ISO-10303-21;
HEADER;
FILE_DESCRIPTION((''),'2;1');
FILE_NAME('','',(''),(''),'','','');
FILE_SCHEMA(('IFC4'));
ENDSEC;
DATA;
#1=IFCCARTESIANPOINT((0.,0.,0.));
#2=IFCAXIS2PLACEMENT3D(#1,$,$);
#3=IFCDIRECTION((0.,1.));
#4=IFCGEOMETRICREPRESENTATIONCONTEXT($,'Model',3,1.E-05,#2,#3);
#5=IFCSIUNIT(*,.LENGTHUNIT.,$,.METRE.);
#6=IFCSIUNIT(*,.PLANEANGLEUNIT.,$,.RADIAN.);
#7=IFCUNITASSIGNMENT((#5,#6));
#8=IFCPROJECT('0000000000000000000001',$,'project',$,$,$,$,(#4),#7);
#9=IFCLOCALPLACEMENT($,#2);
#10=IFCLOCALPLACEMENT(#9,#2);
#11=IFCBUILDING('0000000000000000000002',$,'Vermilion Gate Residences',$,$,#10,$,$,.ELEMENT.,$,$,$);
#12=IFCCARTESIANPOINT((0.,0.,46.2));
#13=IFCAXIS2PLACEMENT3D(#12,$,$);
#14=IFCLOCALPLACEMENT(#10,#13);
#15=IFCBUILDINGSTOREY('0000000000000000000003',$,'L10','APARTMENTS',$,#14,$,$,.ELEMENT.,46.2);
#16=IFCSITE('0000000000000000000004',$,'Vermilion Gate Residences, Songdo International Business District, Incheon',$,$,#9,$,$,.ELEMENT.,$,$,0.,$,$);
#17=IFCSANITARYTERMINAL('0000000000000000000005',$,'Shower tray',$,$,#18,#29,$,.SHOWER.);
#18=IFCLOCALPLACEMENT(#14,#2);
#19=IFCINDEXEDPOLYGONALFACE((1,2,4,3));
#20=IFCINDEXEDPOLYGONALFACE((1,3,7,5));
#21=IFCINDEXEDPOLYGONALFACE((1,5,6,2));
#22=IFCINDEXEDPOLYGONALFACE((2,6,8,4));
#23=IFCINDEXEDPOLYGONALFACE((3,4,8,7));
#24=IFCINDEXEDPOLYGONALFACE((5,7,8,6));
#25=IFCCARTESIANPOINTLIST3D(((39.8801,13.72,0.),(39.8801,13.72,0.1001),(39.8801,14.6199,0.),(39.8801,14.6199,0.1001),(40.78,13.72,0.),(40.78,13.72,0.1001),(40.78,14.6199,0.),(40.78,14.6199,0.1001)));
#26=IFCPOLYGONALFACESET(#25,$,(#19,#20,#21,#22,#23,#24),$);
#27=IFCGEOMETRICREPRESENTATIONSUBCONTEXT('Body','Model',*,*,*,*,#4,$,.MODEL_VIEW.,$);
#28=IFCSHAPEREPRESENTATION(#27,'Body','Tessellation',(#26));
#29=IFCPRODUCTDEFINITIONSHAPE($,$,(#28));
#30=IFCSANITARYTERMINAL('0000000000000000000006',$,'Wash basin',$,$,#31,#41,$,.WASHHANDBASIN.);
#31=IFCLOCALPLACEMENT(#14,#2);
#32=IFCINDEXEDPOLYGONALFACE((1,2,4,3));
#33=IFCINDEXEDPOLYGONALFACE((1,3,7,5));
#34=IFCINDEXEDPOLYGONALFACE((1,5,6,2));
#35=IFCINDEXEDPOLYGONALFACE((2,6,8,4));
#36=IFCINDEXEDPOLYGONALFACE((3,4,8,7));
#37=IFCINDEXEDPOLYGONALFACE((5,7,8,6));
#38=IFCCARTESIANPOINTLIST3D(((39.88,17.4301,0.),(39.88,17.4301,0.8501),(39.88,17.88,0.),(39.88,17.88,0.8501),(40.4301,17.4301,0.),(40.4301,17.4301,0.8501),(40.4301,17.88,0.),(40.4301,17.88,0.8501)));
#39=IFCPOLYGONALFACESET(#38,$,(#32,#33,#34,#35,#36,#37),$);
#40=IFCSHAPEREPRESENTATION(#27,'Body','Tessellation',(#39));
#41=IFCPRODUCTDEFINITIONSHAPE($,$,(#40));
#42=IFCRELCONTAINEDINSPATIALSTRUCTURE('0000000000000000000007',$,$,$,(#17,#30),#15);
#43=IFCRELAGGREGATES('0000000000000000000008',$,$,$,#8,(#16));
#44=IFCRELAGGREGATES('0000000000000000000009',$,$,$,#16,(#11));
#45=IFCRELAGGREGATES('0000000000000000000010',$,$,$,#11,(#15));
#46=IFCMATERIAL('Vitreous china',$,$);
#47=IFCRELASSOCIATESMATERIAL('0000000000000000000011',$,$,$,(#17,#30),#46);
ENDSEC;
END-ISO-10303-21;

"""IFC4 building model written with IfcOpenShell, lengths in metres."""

from ifc_helpers import new_model, si_unit, direction, frame, origin, origin_2d, place, context, subcontext, project, spatial, rectangle, extrude, material, element, save


model = new_model("IFC4")

# Units and contexts
model_context = context("Model", 3, precision=1e-05, world=origin(), true_north=direction((0.0, 1.0)))
body_context = subcontext(model_context, "Body", "Model", "MODEL_VIEW")
ifc_project = project(units=[si_unit("LENGTHUNIT", "METRE"), si_unit("PLANEANGLEUNIT", "RADIAN")], contexts=[model_context])

# Site, building, storey
site_placement = place(None, origin())
site = spatial("IfcSite", under=ifc_project, at=site_placement, Name="Vermilion Gate Residences, Songdo International Business District, Incheon", CompositionType="ELEMENT", RefElevation=0.0)
building_placement = place(site_placement, origin())
building = spatial("IfcBuilding", under=site, at=building_placement, Name="Vermilion Gate Residences", CompositionType="ELEMENT")
storey_placement = place(building_placement, frame((0.0, 0.0, 46.2)))
storey = spatial("IfcBuildingStorey", under=building, at=storey_placement, Name="L10", Description="APARTMENTS", CompositionType="ELEMENT", Elevation=46.2)

# Sanitary terminals
ifc_material_1 = material(Name="Vitreous china")
sanitary_terminal_1_placement = place(storey_placement, frame((40.3301, 14.1699, 0.0), z_axis=(0.0, 0.0, 1.0), x_axis=(1.0, 0.0, 0.0)))
element("IfcSanitaryTerminal", 1, at=sanitary_terminal_1_placement, inside=storey, material=ifc_material_1, Name="Shower tray", PredefinedType="SHOWER", context=body_context, shape_type="SweptSolid", body=[
    extrude(rectangle(XDim=0.8999, YDim=0.8999, at=origin_2d()), origin(), (0.0, 0.0, 1.0), 0.1001),
])
sanitary_terminal_2_placement = place(storey_placement, frame((40.155, 17.655, 0.0), z_axis=(0.0, 0.0, 1.0), x_axis=(1.0, 0.0, 0.0)))
element("IfcSanitaryTerminal", 2, at=sanitary_terminal_2_placement, inside=storey, material=ifc_material_1, Name="Wash basin", PredefinedType="WASHHANDBASIN", context=body_context, shape_type="SweptSolid", body=[
    extrude(rectangle(XDim=0.55, YDim=0.45, at=origin_2d()), origin(), (0.0, 0.0, 1.0), 0.8501),
])

save(model, "model.ifc")
